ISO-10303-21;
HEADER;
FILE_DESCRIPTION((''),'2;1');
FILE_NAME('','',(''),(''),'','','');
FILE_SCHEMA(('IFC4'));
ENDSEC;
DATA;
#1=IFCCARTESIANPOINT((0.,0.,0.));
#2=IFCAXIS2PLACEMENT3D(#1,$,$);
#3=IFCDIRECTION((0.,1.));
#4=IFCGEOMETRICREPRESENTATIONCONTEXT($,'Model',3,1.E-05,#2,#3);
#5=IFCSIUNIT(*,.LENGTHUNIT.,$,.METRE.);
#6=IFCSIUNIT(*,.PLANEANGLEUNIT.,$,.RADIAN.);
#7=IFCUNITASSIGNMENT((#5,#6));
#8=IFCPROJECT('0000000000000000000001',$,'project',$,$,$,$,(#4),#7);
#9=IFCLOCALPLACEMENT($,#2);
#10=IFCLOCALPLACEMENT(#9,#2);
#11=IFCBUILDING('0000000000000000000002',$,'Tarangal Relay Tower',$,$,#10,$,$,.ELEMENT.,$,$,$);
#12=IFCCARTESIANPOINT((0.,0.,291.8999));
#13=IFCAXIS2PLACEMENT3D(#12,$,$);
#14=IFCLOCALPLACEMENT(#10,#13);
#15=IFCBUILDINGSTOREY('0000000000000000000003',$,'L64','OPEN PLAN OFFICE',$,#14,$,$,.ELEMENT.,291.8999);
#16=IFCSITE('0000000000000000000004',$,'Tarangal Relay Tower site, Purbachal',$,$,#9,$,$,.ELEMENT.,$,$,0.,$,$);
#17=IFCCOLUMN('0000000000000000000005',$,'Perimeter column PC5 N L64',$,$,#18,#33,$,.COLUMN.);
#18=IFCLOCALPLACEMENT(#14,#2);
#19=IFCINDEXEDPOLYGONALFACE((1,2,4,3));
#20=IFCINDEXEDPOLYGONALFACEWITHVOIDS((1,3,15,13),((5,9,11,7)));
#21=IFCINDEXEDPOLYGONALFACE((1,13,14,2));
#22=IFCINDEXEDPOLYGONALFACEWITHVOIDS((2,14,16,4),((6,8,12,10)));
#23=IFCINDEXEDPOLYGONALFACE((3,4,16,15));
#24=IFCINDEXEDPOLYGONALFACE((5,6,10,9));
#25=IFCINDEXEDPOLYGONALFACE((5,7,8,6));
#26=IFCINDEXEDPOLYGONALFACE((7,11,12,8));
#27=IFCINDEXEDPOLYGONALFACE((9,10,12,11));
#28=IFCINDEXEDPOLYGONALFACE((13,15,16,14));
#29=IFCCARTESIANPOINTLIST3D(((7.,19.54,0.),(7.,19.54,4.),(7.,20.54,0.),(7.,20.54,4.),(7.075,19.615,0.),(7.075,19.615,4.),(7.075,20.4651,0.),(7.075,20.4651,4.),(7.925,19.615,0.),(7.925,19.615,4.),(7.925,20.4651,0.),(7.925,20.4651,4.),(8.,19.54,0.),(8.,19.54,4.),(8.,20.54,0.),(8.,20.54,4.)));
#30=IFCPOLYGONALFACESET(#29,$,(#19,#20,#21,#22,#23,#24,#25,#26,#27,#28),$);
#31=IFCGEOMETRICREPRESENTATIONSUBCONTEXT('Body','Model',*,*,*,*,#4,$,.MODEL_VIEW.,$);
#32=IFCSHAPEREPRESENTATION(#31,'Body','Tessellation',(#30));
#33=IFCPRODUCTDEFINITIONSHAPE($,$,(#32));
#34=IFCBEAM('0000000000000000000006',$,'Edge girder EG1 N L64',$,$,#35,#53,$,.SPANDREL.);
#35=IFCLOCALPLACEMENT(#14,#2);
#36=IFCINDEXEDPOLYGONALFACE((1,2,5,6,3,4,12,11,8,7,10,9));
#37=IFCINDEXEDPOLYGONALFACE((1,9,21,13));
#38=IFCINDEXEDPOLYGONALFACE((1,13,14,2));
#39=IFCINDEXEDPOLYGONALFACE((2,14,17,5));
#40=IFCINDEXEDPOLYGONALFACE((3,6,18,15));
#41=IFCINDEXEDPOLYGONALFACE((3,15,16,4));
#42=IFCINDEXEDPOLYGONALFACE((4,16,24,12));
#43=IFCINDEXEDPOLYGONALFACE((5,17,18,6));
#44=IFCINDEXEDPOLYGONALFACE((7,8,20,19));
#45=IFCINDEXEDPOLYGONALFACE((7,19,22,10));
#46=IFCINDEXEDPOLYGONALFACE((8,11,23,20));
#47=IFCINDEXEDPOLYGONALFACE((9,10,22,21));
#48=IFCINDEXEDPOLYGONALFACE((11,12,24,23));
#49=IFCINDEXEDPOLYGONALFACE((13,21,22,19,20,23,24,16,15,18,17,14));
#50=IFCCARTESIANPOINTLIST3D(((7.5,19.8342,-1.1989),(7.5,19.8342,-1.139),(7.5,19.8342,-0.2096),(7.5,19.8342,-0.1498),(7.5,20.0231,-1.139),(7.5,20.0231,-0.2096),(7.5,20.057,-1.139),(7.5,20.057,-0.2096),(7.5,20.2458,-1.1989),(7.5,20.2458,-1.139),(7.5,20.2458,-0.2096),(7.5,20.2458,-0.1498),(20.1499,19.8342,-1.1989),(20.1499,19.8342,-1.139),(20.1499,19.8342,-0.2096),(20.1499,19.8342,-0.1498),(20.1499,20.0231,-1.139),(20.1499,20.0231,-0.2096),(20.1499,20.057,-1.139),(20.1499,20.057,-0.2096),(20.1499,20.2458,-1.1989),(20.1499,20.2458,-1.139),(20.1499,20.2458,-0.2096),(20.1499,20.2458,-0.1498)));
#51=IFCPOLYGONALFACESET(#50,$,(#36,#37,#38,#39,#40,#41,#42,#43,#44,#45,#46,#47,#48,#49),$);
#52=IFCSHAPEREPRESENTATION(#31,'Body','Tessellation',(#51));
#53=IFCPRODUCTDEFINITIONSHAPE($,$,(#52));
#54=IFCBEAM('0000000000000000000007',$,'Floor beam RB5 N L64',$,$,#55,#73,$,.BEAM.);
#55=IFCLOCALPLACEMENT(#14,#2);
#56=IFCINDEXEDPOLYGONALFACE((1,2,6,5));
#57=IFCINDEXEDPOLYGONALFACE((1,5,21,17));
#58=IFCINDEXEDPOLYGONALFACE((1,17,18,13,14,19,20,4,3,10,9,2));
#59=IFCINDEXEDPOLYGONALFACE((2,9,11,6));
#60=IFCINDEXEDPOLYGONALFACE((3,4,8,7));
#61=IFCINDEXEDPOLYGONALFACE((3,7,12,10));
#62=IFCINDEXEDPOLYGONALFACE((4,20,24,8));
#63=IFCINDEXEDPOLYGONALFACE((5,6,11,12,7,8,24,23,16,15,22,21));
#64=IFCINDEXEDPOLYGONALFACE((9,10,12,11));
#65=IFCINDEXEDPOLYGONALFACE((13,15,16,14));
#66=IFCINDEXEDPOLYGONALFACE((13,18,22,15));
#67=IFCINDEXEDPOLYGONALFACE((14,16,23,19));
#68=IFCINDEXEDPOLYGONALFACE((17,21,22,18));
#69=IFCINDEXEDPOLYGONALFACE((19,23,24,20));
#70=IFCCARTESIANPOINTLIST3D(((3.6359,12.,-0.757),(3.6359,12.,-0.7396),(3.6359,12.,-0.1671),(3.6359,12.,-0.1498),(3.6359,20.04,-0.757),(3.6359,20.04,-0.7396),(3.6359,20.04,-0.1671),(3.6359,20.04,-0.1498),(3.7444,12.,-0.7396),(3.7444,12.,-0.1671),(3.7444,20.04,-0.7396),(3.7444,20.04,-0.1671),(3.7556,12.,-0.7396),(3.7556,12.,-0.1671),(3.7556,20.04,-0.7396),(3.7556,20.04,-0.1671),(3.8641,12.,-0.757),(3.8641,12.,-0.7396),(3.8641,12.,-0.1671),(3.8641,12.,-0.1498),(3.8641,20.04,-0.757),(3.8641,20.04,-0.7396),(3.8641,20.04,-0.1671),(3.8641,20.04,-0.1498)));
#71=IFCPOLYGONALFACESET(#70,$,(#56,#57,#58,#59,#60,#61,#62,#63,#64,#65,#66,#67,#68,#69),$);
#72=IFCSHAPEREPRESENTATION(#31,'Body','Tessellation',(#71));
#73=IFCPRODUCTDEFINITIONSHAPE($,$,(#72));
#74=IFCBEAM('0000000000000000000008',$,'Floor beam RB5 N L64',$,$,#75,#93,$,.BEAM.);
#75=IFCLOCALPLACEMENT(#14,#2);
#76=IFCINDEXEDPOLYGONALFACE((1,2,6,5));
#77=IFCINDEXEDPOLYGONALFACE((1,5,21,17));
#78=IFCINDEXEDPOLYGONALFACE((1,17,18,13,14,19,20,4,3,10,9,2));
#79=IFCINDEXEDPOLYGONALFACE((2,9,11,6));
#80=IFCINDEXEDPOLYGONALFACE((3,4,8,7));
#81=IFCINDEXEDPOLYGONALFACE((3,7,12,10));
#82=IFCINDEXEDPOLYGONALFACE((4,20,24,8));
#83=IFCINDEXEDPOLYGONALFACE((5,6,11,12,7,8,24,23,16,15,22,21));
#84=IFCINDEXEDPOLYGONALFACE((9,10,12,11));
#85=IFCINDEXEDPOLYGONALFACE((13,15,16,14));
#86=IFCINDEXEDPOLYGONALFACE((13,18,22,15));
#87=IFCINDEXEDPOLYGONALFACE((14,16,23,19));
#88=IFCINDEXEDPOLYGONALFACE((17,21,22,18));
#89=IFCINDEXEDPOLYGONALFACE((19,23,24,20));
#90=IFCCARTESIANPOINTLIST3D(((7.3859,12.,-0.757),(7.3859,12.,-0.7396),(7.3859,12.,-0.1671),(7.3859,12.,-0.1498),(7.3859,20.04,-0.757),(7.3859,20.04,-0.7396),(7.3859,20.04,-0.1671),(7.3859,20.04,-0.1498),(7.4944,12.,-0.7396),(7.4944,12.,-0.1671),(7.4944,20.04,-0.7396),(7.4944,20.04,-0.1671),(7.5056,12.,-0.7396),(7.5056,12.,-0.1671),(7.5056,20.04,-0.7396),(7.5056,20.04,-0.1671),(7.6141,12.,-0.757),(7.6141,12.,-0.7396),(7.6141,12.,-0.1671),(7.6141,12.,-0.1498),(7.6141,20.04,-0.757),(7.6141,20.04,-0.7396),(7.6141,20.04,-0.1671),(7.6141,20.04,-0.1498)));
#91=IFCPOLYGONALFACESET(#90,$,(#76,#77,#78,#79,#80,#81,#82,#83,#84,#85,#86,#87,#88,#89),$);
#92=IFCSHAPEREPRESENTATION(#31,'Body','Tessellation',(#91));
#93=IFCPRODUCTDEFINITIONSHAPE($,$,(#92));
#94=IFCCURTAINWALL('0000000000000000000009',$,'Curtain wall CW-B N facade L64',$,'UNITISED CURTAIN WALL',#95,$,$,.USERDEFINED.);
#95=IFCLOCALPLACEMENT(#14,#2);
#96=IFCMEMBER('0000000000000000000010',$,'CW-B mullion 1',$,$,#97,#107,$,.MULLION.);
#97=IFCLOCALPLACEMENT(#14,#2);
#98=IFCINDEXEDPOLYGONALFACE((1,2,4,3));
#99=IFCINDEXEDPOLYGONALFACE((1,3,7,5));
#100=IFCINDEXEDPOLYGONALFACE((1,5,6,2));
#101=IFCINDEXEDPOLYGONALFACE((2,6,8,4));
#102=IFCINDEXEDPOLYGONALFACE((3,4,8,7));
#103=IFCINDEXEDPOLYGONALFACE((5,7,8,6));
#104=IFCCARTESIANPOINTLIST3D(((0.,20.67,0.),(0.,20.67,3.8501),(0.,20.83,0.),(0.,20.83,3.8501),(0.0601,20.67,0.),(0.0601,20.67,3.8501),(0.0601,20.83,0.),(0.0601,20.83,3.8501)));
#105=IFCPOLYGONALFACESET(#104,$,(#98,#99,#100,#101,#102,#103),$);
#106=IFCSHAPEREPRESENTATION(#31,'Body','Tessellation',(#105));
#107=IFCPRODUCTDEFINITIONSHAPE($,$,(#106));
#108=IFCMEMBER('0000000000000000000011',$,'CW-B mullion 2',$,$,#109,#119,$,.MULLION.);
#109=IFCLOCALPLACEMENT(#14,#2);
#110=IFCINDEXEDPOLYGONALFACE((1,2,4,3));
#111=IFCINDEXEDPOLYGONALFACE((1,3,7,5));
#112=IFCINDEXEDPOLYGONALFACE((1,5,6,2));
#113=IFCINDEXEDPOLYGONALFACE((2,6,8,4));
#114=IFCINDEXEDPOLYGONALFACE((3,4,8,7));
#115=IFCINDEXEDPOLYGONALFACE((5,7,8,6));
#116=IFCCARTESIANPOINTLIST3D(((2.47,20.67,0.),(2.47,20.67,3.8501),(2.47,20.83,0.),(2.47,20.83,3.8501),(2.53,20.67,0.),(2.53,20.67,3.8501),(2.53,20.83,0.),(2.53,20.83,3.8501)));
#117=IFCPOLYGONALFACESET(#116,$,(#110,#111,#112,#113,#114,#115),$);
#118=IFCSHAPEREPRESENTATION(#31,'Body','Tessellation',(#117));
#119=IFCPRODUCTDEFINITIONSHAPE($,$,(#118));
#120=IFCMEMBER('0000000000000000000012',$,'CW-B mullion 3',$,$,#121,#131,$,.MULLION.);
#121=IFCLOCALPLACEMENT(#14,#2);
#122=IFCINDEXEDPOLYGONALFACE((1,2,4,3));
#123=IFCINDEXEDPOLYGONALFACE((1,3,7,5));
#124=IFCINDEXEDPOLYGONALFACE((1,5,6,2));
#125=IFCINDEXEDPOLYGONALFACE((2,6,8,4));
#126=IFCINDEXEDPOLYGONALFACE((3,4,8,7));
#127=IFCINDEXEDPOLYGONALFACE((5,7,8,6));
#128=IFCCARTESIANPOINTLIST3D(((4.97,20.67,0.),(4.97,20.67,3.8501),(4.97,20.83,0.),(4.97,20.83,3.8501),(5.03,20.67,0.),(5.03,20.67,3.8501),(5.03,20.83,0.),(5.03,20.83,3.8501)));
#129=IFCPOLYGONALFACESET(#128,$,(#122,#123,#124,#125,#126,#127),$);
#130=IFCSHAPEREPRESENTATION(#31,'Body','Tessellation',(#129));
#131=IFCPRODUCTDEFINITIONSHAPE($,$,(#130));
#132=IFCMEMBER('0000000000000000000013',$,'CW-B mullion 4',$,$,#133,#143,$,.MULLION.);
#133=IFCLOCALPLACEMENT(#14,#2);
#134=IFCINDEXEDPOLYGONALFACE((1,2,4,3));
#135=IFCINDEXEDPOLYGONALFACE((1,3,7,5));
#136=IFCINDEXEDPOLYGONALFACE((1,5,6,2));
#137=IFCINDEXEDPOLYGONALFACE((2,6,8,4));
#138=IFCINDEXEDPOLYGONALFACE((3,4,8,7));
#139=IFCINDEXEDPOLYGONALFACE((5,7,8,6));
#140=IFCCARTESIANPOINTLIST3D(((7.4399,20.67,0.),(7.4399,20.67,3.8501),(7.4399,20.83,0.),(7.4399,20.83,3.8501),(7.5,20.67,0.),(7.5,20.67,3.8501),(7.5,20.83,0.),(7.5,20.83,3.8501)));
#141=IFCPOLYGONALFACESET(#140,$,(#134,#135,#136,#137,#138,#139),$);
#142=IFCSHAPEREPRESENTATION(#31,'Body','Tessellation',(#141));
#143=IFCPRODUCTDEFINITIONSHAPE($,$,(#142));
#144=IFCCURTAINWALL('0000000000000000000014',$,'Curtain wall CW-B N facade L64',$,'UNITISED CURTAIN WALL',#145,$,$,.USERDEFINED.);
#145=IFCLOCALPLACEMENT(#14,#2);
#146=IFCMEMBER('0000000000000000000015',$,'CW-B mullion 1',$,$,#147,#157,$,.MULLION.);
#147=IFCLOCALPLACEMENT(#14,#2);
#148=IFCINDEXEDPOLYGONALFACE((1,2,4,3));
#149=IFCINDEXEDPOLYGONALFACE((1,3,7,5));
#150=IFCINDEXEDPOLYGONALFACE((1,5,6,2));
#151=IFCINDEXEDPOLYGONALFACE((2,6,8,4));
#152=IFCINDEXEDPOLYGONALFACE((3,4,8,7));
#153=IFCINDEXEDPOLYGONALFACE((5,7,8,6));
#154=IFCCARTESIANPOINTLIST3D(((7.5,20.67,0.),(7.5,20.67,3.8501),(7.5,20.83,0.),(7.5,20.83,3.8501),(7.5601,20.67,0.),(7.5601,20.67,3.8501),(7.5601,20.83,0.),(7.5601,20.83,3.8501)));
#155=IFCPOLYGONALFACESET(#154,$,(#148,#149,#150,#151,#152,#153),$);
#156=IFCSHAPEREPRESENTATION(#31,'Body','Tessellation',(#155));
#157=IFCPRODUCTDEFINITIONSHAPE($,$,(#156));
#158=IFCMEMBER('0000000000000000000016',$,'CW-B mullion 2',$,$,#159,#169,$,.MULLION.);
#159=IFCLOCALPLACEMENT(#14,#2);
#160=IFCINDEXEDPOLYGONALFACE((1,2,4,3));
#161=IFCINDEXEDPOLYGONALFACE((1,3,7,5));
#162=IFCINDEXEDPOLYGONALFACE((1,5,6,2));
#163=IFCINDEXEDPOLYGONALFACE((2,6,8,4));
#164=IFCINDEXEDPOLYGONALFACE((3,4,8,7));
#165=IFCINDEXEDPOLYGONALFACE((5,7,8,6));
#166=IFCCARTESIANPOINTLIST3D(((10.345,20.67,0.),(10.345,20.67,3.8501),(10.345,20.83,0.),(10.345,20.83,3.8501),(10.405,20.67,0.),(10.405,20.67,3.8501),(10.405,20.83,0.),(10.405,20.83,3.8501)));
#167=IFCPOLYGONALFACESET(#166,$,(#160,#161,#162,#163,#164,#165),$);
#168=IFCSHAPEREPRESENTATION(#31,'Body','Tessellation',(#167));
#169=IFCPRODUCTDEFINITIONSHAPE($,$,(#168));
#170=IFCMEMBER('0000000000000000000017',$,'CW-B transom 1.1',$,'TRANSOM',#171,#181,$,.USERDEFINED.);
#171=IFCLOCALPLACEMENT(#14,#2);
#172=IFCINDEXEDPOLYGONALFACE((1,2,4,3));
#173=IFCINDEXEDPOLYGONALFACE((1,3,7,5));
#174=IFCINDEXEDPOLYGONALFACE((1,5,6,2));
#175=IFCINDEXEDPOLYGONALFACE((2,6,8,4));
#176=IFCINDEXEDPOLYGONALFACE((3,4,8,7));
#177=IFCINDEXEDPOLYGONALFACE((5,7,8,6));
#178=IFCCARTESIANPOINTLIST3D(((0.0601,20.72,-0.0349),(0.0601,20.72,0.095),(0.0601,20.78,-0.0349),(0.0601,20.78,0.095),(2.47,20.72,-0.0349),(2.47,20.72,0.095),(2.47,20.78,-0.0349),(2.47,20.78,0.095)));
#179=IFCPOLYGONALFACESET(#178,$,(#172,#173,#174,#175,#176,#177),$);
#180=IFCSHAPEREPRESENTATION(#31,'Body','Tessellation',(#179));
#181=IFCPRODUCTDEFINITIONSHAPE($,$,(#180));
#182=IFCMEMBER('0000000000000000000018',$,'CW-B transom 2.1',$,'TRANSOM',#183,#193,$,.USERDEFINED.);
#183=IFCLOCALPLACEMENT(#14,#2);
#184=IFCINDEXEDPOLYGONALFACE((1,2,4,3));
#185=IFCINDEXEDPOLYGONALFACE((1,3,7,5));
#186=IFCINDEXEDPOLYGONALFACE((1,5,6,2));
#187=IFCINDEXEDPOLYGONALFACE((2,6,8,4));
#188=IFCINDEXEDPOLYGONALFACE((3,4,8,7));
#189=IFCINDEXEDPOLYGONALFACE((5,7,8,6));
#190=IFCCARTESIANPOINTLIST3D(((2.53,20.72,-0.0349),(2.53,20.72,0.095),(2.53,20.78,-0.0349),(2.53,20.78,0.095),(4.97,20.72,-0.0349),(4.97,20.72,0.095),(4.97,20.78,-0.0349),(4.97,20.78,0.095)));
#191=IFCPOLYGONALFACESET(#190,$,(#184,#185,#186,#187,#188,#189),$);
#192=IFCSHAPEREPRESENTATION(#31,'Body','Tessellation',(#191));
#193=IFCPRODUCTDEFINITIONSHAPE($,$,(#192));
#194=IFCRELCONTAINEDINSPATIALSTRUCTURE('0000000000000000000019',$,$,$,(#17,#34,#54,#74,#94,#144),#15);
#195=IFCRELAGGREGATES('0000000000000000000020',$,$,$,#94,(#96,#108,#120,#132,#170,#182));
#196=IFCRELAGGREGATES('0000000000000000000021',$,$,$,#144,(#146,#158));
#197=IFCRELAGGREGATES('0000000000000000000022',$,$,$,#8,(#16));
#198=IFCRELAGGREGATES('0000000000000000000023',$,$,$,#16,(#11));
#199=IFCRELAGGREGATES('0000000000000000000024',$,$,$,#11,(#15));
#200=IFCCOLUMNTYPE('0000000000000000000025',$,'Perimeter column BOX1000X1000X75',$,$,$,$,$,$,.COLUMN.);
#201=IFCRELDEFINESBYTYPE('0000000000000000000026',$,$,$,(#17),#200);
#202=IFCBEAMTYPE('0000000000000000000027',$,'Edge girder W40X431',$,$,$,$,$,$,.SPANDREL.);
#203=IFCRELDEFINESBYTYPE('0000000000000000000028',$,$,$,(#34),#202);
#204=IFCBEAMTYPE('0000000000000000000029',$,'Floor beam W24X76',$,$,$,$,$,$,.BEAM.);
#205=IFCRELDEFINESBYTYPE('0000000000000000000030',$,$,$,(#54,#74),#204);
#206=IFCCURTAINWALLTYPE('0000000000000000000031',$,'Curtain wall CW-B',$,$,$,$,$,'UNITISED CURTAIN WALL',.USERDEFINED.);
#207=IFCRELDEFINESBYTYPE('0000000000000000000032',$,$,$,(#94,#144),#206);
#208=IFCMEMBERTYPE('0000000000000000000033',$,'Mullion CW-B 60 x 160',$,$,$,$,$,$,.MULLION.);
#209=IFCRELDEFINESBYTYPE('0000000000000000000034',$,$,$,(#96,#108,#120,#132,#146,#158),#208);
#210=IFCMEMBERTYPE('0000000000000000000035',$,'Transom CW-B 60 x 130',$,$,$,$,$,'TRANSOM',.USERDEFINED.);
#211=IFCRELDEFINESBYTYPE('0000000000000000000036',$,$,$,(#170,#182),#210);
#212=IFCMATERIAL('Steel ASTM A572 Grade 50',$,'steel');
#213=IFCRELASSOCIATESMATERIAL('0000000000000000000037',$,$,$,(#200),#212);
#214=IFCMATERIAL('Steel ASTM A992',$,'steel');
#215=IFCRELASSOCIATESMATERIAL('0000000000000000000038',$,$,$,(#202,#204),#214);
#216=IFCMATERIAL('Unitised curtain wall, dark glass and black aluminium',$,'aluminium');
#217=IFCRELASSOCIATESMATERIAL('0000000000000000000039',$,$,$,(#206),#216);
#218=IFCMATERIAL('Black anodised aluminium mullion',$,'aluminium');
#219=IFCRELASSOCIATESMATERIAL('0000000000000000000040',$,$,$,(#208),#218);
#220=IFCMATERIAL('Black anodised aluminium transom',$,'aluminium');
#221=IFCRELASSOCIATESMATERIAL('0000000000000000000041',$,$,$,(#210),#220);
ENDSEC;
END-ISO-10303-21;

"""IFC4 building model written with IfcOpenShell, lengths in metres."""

from ifc_helpers import new_model, si_unit, direction, frame, origin, origin_2d, place, context, subcontext, project, spatial, rectangle, hollow_rectangle, i_section, extrude, material, material_profile, profile_set, type_object, element, aggregate, save


model = new_model("IFC4")

# Units and contexts
model_context = context("Model", 3, precision=1e-05, world=origin(), true_north=direction((0.0, 1.0)))
body_context = subcontext(model_context, "Body", "Model", "MODEL_VIEW")
ifc_project = project(units=[si_unit("LENGTHUNIT", "METRE"), si_unit("PLANEANGLEUNIT", "RADIAN")], contexts=[model_context])

# Site, building, storey
site_placement = place(None, origin())
site = spatial("IfcSite", under=ifc_project, at=site_placement, Name="Tarangal Relay Tower site, Purbachal", CompositionType="ELEMENT", RefElevation=0.0)
building_placement = place(site_placement, origin())
building = spatial("IfcBuilding", under=site, at=building_placement, Name="Tarangal Relay Tower", CompositionType="ELEMENT")
storey_placement = place(building_placement, frame((0.0, 0.0, 291.8999)))
storey = spatial("IfcBuildingStorey", under=building, at=storey_placement, Name="L64", Description="OPEN PLAN OFFICE", CompositionType="ELEMENT", Elevation=291.8999)

# Column
ifc_material_1 = material(Name="Steel ASTM A572 Grade 50", Category="steel")
ifc_material_profile_1 = material_profile(ifc_material_1, hollow_rectangle(XDim=1.0, YDim=1.0, WallThickness=0.075, at=origin_2d()), Name="BOX1000X1000X75")
ifc_profile_set_1 = profile_set([ifc_material_profile_1], Name="Steel ASTM A572 Grade 50")
column_type = type_object("IfcColumnType", Name="Perimeter column BOX1000X1000X75", PredefinedType="COLUMN", material=ifc_profile_set_1)
column_placement = place(storey_placement, frame((7.5, 20.04, 0.0), z_axis=(0.0, 0.0, 1.0), x_axis=(1.0, 0.0, 0.0)))
element("IfcColumn", 1, at=column_placement, inside=storey, type_object=column_type, Name="Perimeter column PC5 N L64", PredefinedType="COLUMN", context=body_context, shape_type="SweptSolid", body=[
    extrude(hollow_rectangle(XDim=1.0, YDim=1.0, WallThickness=0.075, at=origin_2d()), origin(), (0.0, 0.0, 1.0), 4.0),
])

# Beams
ifc_material_2 = material(Name="Steel ASTM A992", Category="steel")
ifc_material_profile_2 = material_profile(ifc_material_2, i_section(OverallWidth=0.4116, OverallDepth=1.0491, WebThickness=0.0339, FlangeThickness=0.0598, at=origin_2d()), Name="W40X431")
ifc_profile_set_2 = profile_set([ifc_material_profile_2], Name="Steel ASTM A992")
beam_type_1 = type_object("IfcBeamType", Name="Edge girder W40X431", PredefinedType="SPANDREL", material=ifc_profile_set_2)
beam_placement = place(storey_placement, frame((7.5, 20.04, -0.6743), z_axis=(1.0, 0.0, 0.0), x_axis=(0.0, 1.0, 0.0)))
element("IfcBeam", 2, at=beam_placement, inside=storey, type_object=beam_type_1, Name="Edge girder EG1 N L64", PredefinedType="SPANDREL", context=body_context, shape_type="SweptSolid", body=[
    extrude(i_section(OverallWidth=0.4116, OverallDepth=1.0491, WebThickness=0.0339, FlangeThickness=0.0598, at=origin_2d()), origin(), (0.0, 0.0, 1.0), 12.6499),
])
ifc_material_profile_3 = material_profile(ifc_material_2, i_section(OverallWidth=0.2283, OverallDepth=0.6072, WebThickness=0.0112, FlangeThickness=0.0173, at=origin_2d()), Name="W24X76")
ifc_profile_set_3 = profile_set([ifc_material_profile_3], Name="Steel ASTM A992")
beam_type_2 = type_object("IfcBeamType", Name="Floor beam W24X76", PredefinedType="BEAM", material=ifc_profile_set_3)
for number, where, z_axis, x_axis, name in (
    (3, (3.75, 12.0, -0.4534), (0.0, 1.0, 0.0), (-1.0, 0.0, 0.0), "Floor beam RB5 N L64"),
    (4, (7.5, 12.0, -0.4534), (0.0, 1.0, 0.0), (-1.0, 0.0, 0.0), "Floor beam RB5 N L64"),
):
    element("IfcBeam", number, at=place(storey_placement, frame(where, z_axis=z_axis, x_axis=x_axis)), inside=storey, type_object=beam_type_2, Name=name, PredefinedType="BEAM", context=body_context, shape_type="SweptSolid", body=[
        extrude(i_section(OverallWidth=0.2283, OverallDepth=0.6072, WebThickness=0.0112, FlangeThickness=0.0173, at=origin_2d()), origin(), (0.0, 0.0, 1.0), 8.04),
    ])

# Curtain walls, members
ifc_material_3 = material(Name="Unitised curtain wall, dark glass and black aluminium", Category="aluminium")
curtain_wall_type = type_object("IfcCurtainWallType", Name="Curtain wall CW-B", ElementType="UNITISED CURTAIN WALL", PredefinedType="USERDEFINED", material=ifc_material_3)
curtain_wall_1_placement = place(storey_placement, origin())
curtain_wall_1 = element("IfcCurtainWall", 5, at=curtain_wall_1_placement, inside=storey, type_object=curtain_wall_type, Name="Curtain wall CW-B N facade L64", ObjectType="UNITISED CURTAIN WALL", PredefinedType="USERDEFINED")
ifc_material_4 = material(Name="Black anodised aluminium mullion", Category="aluminium")
ifc_material_profile_4 = material_profile(ifc_material_4, rectangle(XDim=0.1599, YDim=0.0601, at=origin_2d()), Name="CW-BM 60X160")
ifc_profile_set_4 = profile_set([ifc_material_profile_4], Name="Black anodised aluminium mullion")
member_type_1 = type_object("IfcMemberType", Name="Mullion CW-B 60 x 160", PredefinedType="MULLION", material=ifc_profile_set_4)
member_1_placement = place(storey_placement, frame((0.03, 20.75, 0.0), z_axis=(0.0, 0.0, 1.0), x_axis=(0.0, 1.0, 0.0)))
member_1 = element("IfcMember", 6, at=member_1_placement, type_object=member_type_1, Name="CW-B mullion 1", PredefinedType="MULLION", context=body_context, shape_type="SweptSolid", body=[
    extrude(rectangle(XDim=0.1599, YDim=0.0601, at=origin_2d()), origin(), (0.0, 0.0, 1.0), 3.8501),
])
member_2_placement = place(storey_placement, frame((2.5, 20.75, 0.0), z_axis=(0.0, 0.0, 1.0), x_axis=(0.0, 1.0, 0.0)))
member_2 = element("IfcMember", 7, at=member_2_placement, type_object=member_type_1, Name="CW-B mullion 2", PredefinedType="MULLION", context=body_context, shape_type="SweptSolid", body=[
    extrude(rectangle(XDim=0.1599, YDim=0.0601, at=origin_2d()), origin(), (0.0, 0.0, 1.0), 3.8501),
])
member_3_placement = place(storey_placement, frame((5.0, 20.75, 0.0), z_axis=(0.0, 0.0, 1.0), x_axis=(0.0, 1.0, 0.0)))
member_3 = element("IfcMember", 8, at=member_3_placement, type_object=member_type_1, Name="CW-B mullion 3", PredefinedType="MULLION", context=body_context, shape_type="SweptSolid", body=[
    extrude(rectangle(XDim=0.1599, YDim=0.0601, at=origin_2d()), origin(), (0.0, 0.0, 1.0), 3.8501),
])
member_4_placement = place(storey_placement, frame((7.47, 20.75, 0.0), z_axis=(0.0, 0.0, 1.0), x_axis=(0.0, 1.0, 0.0)))
member_4 = element("IfcMember", 9, at=member_4_placement, type_object=member_type_1, Name="CW-B mullion 4", PredefinedType="MULLION", context=body_context, shape_type="SweptSolid", body=[
    extrude(rectangle(XDim=0.1599, YDim=0.0601, at=origin_2d()), origin(), (0.0, 0.0, 1.0), 3.8501),
])
curtain_wall_2_placement = place(storey_placement, origin())
curtain_wall_2 = element("IfcCurtainWall", 10, at=curtain_wall_2_placement, inside=storey, type_object=curtain_wall_type, Name="Curtain wall CW-B N facade L64", ObjectType="UNITISED CURTAIN WALL", PredefinedType="USERDEFINED")
member_5_placement = place(storey_placement, frame((7.53, 20.75, 0.0), z_axis=(0.0, 0.0, 1.0), x_axis=(0.0, 1.0, 0.0)))
member_5 = element("IfcMember", 11, at=member_5_placement, type_object=member_type_1, Name="CW-B mullion 1", PredefinedType="MULLION", context=body_context, shape_type="SweptSolid", body=[
    extrude(rectangle(XDim=0.1599, YDim=0.0601, at=origin_2d()), origin(), (0.0, 0.0, 1.0), 3.8501),
])
member_6_placement = place(storey_placement, frame((10.375, 20.75, 0.0), z_axis=(0.0, 0.0, 1.0), x_axis=(0.0, 1.0, 0.0)))
member_6 = element("IfcMember", 12, at=member_6_placement, type_object=member_type_1, Name="CW-B mullion 2", PredefinedType="MULLION", context=body_context, shape_type="SweptSolid", body=[
    extrude(rectangle(XDim=0.1599, YDim=0.0601, at=origin_2d()), origin(), (0.0, 0.0, 1.0), 3.8501),
])

# Members
ifc_material_5 = material(Name="Black anodised aluminium transom", Category="aluminium")
ifc_material_profile_5 = material_profile(ifc_material_5, rectangle(XDim=0.0601, YDim=0.1299, at=origin_2d()), Name="CW-BT 60X130")
ifc_profile_set_5 = profile_set([ifc_material_profile_5], Name="Black anodised aluminium transom")
member_type_2 = type_object("IfcMemberType", Name="Transom CW-B 60 x 130", ElementType="TRANSOM", PredefinedType="USERDEFINED", material=ifc_profile_set_5)
member_7_placement = place(storey_placement, frame((0.0601, 20.75, 0.03), z_axis=(1.0, 0.0, 0.0), x_axis=(0.0, 1.0, 0.0)))
member_7 = element("IfcMember", 13, at=member_7_placement, type_object=member_type_2, Name="CW-B transom 1.1", ObjectType="TRANSOM", PredefinedType="USERDEFINED", context=body_context, shape_type="SweptSolid", body=[
    extrude(rectangle(XDim=0.0601, YDim=0.1299, at=origin_2d()), origin(), (0.0, 0.0, 1.0), 2.4099),
])
member_8_placement = place(storey_placement, frame((2.53, 20.75, 0.03), z_axis=(1.0, 0.0, 0.0), x_axis=(0.0, 1.0, 0.0)))
member_8 = element("IfcMember", 14, at=member_8_placement, type_object=member_type_2, Name="CW-B transom 2.1", ObjectType="TRANSOM", PredefinedType="USERDEFINED", context=body_context, shape_type="SweptSolid", body=[
    extrude(rectangle(XDim=0.0601, YDim=0.1299, at=origin_2d()), origin(), (0.0, 0.0, 1.0), 2.4399),
])

aggregate(curtain_wall_1, [member_1, member_2, member_3, member_4, member_7, member_8])
aggregate(curtain_wall_2, [member_5, member_6])

save(model, "model.ifc")
